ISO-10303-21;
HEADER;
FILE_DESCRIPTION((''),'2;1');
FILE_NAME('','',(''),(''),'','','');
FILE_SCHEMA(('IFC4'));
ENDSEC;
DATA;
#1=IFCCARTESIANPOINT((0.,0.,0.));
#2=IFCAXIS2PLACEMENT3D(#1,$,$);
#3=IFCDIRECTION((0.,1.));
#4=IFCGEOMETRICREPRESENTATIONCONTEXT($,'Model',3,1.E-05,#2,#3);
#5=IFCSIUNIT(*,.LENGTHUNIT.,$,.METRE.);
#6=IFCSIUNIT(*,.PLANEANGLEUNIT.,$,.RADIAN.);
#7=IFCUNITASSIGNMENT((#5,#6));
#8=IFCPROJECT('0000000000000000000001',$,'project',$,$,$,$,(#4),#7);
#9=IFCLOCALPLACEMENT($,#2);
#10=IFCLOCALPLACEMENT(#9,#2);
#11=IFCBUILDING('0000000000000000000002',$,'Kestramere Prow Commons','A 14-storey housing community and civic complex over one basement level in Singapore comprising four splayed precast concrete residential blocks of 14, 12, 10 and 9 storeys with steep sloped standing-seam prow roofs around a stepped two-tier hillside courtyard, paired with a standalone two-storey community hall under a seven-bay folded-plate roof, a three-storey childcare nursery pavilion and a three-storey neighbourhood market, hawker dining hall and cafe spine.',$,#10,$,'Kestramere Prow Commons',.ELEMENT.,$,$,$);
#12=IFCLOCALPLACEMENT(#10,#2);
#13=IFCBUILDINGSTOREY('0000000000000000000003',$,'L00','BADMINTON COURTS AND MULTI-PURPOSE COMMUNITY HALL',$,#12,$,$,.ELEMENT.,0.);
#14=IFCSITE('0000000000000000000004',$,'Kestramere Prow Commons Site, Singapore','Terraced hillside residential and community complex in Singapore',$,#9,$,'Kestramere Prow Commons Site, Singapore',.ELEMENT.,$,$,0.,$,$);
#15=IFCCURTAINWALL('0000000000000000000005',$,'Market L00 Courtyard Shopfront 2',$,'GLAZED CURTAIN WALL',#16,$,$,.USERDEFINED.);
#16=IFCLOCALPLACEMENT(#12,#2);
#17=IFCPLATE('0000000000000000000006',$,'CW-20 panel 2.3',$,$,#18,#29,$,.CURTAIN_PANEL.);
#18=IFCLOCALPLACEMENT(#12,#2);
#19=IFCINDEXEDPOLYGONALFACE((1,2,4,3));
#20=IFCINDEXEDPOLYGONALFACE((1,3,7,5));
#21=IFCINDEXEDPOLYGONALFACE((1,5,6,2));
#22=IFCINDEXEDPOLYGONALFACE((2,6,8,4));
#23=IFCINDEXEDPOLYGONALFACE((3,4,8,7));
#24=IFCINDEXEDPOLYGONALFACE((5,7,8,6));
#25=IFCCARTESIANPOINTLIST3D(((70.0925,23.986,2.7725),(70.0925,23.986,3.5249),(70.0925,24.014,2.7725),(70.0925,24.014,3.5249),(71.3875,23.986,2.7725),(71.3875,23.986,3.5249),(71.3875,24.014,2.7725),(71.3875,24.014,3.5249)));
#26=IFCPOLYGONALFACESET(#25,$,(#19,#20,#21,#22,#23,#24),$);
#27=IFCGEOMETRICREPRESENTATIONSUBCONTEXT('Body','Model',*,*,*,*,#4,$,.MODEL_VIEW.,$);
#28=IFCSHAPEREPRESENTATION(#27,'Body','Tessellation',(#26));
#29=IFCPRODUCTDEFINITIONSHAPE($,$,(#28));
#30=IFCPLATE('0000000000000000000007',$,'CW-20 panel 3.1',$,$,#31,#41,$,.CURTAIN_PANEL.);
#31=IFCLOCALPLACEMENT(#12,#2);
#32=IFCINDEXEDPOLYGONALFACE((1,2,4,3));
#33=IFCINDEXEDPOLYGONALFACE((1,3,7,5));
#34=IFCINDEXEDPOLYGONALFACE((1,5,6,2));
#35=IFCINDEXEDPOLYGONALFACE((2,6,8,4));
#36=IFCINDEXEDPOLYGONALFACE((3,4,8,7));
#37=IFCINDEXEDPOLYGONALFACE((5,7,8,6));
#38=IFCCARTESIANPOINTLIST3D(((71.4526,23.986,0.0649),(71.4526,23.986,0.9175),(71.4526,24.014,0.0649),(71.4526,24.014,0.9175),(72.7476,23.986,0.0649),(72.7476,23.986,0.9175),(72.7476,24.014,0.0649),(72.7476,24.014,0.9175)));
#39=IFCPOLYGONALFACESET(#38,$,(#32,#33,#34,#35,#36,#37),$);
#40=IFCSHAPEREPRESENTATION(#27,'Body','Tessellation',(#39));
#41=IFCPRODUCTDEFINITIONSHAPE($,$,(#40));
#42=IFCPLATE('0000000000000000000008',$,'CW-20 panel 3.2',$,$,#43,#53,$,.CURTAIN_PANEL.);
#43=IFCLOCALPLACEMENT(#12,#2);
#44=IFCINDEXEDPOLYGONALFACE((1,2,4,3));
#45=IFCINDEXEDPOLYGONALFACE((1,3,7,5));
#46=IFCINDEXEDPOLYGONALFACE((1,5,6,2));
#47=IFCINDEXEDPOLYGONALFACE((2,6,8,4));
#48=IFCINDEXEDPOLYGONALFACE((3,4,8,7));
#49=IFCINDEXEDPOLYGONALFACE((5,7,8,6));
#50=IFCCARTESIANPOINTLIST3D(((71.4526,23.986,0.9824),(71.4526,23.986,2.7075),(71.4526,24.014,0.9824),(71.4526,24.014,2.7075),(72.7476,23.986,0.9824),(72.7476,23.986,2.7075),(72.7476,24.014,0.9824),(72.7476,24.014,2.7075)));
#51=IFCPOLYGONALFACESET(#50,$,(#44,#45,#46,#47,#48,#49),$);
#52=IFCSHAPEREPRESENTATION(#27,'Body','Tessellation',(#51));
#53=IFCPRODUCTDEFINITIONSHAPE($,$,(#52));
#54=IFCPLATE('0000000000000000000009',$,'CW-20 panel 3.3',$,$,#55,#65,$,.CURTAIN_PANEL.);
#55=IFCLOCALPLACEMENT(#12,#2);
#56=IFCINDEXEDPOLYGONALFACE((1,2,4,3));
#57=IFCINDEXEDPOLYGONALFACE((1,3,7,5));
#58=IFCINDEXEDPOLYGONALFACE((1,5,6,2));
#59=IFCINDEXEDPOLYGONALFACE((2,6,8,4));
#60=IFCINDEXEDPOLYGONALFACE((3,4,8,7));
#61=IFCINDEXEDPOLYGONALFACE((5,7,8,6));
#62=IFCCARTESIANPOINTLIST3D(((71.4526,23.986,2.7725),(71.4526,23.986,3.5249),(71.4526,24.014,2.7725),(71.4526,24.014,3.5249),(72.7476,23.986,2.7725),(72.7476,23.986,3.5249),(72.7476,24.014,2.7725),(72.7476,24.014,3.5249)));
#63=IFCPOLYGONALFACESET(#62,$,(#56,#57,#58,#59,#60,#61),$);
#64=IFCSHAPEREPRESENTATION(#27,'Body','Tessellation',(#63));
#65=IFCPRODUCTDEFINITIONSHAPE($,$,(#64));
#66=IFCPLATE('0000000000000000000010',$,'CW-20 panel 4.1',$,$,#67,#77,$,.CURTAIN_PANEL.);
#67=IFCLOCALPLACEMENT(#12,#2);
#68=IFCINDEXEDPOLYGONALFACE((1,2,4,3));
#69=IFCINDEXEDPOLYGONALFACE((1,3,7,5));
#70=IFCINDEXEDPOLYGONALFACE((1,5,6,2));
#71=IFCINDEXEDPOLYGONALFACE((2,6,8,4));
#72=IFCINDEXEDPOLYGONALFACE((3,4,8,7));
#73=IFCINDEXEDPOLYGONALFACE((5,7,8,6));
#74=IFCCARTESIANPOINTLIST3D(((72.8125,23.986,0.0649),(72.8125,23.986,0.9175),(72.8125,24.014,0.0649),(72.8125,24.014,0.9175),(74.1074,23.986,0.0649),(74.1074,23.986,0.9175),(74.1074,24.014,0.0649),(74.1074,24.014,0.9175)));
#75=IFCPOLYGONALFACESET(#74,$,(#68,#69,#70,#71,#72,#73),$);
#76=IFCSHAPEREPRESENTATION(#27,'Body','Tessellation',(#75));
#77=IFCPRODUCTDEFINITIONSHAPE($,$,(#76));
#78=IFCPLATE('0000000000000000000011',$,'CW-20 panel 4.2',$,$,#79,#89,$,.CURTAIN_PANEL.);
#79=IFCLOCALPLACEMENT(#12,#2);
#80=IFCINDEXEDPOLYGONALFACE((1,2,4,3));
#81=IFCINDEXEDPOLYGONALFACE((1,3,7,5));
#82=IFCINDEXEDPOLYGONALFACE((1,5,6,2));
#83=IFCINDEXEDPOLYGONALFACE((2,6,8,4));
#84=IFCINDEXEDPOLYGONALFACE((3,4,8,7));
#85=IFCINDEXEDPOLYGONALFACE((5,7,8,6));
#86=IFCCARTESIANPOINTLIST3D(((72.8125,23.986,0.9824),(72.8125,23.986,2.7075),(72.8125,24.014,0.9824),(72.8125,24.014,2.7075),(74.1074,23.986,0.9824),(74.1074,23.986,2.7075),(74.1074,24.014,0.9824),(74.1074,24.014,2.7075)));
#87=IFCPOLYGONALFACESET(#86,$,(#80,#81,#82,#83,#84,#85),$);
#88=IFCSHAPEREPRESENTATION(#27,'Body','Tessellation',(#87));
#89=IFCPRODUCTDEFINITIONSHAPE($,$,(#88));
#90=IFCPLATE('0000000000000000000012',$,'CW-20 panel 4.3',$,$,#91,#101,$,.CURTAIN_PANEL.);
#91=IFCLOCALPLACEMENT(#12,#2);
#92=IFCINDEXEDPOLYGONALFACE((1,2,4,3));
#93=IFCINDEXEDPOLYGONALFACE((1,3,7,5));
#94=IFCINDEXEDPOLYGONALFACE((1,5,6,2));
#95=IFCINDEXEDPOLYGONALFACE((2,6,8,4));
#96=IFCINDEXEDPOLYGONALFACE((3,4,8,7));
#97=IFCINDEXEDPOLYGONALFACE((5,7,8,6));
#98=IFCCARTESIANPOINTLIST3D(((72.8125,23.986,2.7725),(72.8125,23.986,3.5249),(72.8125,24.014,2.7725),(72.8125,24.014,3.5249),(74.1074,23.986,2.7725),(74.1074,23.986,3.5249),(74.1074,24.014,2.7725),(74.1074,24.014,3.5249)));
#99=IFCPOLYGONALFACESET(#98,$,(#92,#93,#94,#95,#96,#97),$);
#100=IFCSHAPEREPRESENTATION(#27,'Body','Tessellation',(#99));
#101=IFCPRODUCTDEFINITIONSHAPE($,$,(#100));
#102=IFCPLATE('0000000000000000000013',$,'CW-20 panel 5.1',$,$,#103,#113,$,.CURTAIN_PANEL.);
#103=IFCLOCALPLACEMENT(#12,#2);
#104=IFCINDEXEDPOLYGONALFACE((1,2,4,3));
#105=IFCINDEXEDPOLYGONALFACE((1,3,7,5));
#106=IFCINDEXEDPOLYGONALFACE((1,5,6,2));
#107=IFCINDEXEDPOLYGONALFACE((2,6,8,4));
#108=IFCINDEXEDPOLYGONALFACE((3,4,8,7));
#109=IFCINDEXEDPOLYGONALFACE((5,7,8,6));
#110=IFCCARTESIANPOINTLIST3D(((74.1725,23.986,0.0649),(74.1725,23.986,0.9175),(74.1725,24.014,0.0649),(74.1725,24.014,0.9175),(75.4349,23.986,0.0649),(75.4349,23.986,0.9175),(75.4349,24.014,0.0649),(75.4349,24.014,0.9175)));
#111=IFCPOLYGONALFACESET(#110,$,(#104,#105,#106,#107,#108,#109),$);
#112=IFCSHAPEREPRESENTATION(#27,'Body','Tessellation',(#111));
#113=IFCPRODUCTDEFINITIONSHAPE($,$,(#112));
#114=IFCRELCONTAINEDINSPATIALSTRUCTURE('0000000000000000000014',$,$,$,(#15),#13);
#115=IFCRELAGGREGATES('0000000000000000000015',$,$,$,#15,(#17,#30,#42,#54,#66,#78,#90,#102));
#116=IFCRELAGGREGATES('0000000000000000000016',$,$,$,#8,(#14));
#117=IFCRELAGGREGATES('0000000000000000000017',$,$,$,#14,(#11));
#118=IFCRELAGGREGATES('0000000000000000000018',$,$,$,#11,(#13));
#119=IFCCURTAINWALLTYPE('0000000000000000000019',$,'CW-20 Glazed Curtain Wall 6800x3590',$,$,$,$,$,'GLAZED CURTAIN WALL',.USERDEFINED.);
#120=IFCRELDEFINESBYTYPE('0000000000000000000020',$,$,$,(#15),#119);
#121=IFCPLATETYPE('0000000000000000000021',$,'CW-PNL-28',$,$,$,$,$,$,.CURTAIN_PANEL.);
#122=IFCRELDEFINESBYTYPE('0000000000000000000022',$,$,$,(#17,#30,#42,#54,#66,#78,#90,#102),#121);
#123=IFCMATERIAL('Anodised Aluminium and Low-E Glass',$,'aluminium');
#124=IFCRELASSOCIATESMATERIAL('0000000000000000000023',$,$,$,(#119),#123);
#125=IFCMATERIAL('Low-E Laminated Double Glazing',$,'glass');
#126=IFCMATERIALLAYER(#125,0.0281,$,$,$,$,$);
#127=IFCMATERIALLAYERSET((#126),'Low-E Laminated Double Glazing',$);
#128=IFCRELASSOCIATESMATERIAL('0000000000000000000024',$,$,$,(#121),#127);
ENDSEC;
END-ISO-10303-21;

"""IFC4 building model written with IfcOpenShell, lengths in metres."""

from ifc_helpers import new_model, si_unit, direction, frame, origin, origin_2d, place, context, subcontext, project, spatial, rectangle, extrude, material, layer, layer_set, type_object, element, aggregate, save


model = new_model("IFC4")

# Units and contexts
model_context = context("Model", 3, precision=1e-05, world=origin(), true_north=direction((0.0, 1.0)))
body_context = subcontext(model_context, "Body", "Model", "MODEL_VIEW")
ifc_project = project(units=[si_unit("LENGTHUNIT", "METRE"), si_unit("PLANEANGLEUNIT", "RADIAN")], contexts=[model_context])

# Site, building, storey
site_placement = place(None, origin())
site = spatial("IfcSite", under=ifc_project, at=site_placement, Name="Kestramere Prow Commons Site, Singapore", Description="Terraced hillside residential and community complex in Singapore", LongName="Kestramere Prow Commons Site, Singapore", CompositionType="ELEMENT", RefElevation=0.0)
building_placement = place(site_placement, origin())
building = spatial("IfcBuilding", under=site, at=building_placement, Name="Kestramere Prow Commons", Description="A 14-storey housing community and civic complex over one basement level in Singapore comprising four splayed precast concrete residential blocks of 14, 12, 10 and 9 storeys with steep sloped standing-seam prow roofs around a stepped two-tier hillside courtyard, paired with a standalone two-storey community hall under a seven-bay folded-plate roof, a three-storey childcare nursery pavilion and a three-storey neighbourhood market, hawker dining hall and cafe spine.", LongName="Kestramere Prow Commons", CompositionType="ELEMENT")
storey_placement = place(building_placement, origin())
storey = spatial("IfcBuildingStorey", under=building, at=storey_placement, Name="L00", Description="BADMINTON COURTS AND MULTI-PURPOSE COMMUNITY HALL", CompositionType="ELEMENT", Elevation=0.0)

# Curtain wall, plates
ifc_material_1 = material(Name="Anodised Aluminium and Low-E Glass", Category="aluminium")
curtain_wall_type = type_object("IfcCurtainWallType", Name="CW-20 Glazed Curtain Wall 6800x3590", ElementType="GLAZED CURTAIN WALL", PredefinedType="USERDEFINED", material=ifc_material_1)
curtain_wall_placement = place(storey_placement, origin())
curtain_wall = element("IfcCurtainWall", 1, at=curtain_wall_placement, inside=storey, type_object=curtain_wall_type, Name="Market L00 Courtyard Shopfront 2", ObjectType="GLAZED CURTAIN WALL", PredefinedType="USERDEFINED")
ifc_material_2 = material(Name="Low-E Laminated Double Glazing", Category="glass")
ifc_layer = layer(ifc_material_2, 0.0281)
ifc_layer_set = layer_set([ifc_layer], Name="Low-E Laminated Double Glazing")
plate_type = type_object("IfcPlateType", Name="CW-PNL-28", PredefinedType="CURTAIN_PANEL", material=ifc_layer_set)
plate_1_placement = place(storey_placement, frame((70.74, 24.0, 2.7725), z_axis=(0.0, 0.0, 1.0), x_axis=(1.0, 0.0, 0.0)))
plate_1 = element("IfcPlate", 2, at=plate_1_placement, type_object=plate_type, Name="CW-20 panel 2.3", PredefinedType="CURTAIN_PANEL", context=body_context, shape_type="SweptSolid", body=[
    extrude(rectangle(XDim=1.2949, YDim=0.0281, at=origin_2d()), origin(), (0.0, 0.0, 1.0), 0.7524),
])
plate_2_placement = place(storey_placement, frame((72.1001, 24.0, 0.0649), z_axis=(0.0, 0.0, 1.0), x_axis=(1.0, 0.0, 0.0)))
plate_2 = element("IfcPlate", 3, at=plate_2_placement, type_object=plate_type, Name="CW-20 panel 3.1", PredefinedType="CURTAIN_PANEL", context=body_context, shape_type="SweptSolid", body=[
    extrude(rectangle(XDim=1.2949, YDim=0.0281, at=origin_2d()), origin(), (0.0, 0.0, 1.0), 0.8525),
])
plate_3_placement = place(storey_placement, frame((72.1001, 24.0, 0.9824), z_axis=(0.0, 0.0, 1.0), x_axis=(1.0, 0.0, 0.0)))
plate_3 = element("IfcPlate", 4, at=plate_3_placement, type_object=plate_type, Name="CW-20 panel 3.2", PredefinedType="CURTAIN_PANEL", context=body_context, shape_type="SweptSolid", body=[
    extrude(rectangle(XDim=1.2949, YDim=0.0281, at=origin_2d()), origin(), (0.0, 0.0, 1.0), 1.7251),
])
plate_4_placement = place(storey_placement, frame((72.1001, 24.0, 2.7725), z_axis=(0.0, 0.0, 1.0), x_axis=(1.0, 0.0, 0.0)))
plate_4 = element("IfcPlate", 5, at=plate_4_placement, type_object=plate_type, Name="CW-20 panel 3.3", PredefinedType="CURTAIN_PANEL", context=body_context, shape_type="SweptSolid", body=[
    extrude(rectangle(XDim=1.2949, YDim=0.0281, at=origin_2d()), origin(), (0.0, 0.0, 1.0), 0.7524),
])
plate_5_placement = place(storey_placement, frame((73.46, 24.0, 0.0649), z_axis=(0.0, 0.0, 1.0), x_axis=(1.0, 0.0, 0.0)))
plate_5 = element("IfcPlate", 6, at=plate_5_placement, type_object=plate_type, Name="CW-20 panel 4.1", PredefinedType="CURTAIN_PANEL", context=body_context, shape_type="SweptSolid", body=[
    extrude(rectangle(XDim=1.2949, YDim=0.0281, at=origin_2d()), origin(), (0.0, 0.0, 1.0), 0.8525),
])
plate_6_placement = place(storey_placement, frame((73.46, 24.0, 0.9824), z_axis=(0.0, 0.0, 1.0), x_axis=(1.0, 0.0, 0.0)))
plate_6 = element("IfcPlate", 7, at=plate_6_placement, type_object=plate_type, Name="CW-20 panel 4.2", PredefinedType="CURTAIN_PANEL", context=body_context, shape_type="SweptSolid", body=[
    extrude(rectangle(XDim=1.2949, YDim=0.0281, at=origin_2d()), origin(), (0.0, 0.0, 1.0), 1.7251),
])
plate_7_placement = place(storey_placement, frame((73.46, 24.0, 2.7725), z_axis=(0.0, 0.0, 1.0), x_axis=(1.0, 0.0, 0.0)))
plate_7 = element("IfcPlate", 8, at=plate_7_placement, type_object=plate_type, Name="CW-20 panel 4.3", PredefinedType="CURTAIN_PANEL", context=body_context, shape_type="SweptSolid", body=[
    extrude(rectangle(XDim=1.2949, YDim=0.0281, at=origin_2d()), origin(), (0.0, 0.0, 1.0), 0.7524),
])
plate_8_placement = place(storey_placement, frame((74.8037, 24.0, 0.0649), z_axis=(0.0, 0.0, 1.0), x_axis=(1.0, 0.0, 0.0)))
plate_8 = element("IfcPlate", 9, at=plate_8_placement, type_object=plate_type, Name="CW-20 panel 5.1", PredefinedType="CURTAIN_PANEL", context=body_context, shape_type="SweptSolid", body=[
    extrude(rectangle(XDim=1.2625, YDim=0.0281, at=origin_2d()), origin(), (0.0, 0.0, 1.0), 0.8525),
])
aggregate(curtain_wall, [plate_1, plate_2, plate_3, plate_4, plate_5, plate_6, plate_7, plate_8])

save(model, "model.ifc")
